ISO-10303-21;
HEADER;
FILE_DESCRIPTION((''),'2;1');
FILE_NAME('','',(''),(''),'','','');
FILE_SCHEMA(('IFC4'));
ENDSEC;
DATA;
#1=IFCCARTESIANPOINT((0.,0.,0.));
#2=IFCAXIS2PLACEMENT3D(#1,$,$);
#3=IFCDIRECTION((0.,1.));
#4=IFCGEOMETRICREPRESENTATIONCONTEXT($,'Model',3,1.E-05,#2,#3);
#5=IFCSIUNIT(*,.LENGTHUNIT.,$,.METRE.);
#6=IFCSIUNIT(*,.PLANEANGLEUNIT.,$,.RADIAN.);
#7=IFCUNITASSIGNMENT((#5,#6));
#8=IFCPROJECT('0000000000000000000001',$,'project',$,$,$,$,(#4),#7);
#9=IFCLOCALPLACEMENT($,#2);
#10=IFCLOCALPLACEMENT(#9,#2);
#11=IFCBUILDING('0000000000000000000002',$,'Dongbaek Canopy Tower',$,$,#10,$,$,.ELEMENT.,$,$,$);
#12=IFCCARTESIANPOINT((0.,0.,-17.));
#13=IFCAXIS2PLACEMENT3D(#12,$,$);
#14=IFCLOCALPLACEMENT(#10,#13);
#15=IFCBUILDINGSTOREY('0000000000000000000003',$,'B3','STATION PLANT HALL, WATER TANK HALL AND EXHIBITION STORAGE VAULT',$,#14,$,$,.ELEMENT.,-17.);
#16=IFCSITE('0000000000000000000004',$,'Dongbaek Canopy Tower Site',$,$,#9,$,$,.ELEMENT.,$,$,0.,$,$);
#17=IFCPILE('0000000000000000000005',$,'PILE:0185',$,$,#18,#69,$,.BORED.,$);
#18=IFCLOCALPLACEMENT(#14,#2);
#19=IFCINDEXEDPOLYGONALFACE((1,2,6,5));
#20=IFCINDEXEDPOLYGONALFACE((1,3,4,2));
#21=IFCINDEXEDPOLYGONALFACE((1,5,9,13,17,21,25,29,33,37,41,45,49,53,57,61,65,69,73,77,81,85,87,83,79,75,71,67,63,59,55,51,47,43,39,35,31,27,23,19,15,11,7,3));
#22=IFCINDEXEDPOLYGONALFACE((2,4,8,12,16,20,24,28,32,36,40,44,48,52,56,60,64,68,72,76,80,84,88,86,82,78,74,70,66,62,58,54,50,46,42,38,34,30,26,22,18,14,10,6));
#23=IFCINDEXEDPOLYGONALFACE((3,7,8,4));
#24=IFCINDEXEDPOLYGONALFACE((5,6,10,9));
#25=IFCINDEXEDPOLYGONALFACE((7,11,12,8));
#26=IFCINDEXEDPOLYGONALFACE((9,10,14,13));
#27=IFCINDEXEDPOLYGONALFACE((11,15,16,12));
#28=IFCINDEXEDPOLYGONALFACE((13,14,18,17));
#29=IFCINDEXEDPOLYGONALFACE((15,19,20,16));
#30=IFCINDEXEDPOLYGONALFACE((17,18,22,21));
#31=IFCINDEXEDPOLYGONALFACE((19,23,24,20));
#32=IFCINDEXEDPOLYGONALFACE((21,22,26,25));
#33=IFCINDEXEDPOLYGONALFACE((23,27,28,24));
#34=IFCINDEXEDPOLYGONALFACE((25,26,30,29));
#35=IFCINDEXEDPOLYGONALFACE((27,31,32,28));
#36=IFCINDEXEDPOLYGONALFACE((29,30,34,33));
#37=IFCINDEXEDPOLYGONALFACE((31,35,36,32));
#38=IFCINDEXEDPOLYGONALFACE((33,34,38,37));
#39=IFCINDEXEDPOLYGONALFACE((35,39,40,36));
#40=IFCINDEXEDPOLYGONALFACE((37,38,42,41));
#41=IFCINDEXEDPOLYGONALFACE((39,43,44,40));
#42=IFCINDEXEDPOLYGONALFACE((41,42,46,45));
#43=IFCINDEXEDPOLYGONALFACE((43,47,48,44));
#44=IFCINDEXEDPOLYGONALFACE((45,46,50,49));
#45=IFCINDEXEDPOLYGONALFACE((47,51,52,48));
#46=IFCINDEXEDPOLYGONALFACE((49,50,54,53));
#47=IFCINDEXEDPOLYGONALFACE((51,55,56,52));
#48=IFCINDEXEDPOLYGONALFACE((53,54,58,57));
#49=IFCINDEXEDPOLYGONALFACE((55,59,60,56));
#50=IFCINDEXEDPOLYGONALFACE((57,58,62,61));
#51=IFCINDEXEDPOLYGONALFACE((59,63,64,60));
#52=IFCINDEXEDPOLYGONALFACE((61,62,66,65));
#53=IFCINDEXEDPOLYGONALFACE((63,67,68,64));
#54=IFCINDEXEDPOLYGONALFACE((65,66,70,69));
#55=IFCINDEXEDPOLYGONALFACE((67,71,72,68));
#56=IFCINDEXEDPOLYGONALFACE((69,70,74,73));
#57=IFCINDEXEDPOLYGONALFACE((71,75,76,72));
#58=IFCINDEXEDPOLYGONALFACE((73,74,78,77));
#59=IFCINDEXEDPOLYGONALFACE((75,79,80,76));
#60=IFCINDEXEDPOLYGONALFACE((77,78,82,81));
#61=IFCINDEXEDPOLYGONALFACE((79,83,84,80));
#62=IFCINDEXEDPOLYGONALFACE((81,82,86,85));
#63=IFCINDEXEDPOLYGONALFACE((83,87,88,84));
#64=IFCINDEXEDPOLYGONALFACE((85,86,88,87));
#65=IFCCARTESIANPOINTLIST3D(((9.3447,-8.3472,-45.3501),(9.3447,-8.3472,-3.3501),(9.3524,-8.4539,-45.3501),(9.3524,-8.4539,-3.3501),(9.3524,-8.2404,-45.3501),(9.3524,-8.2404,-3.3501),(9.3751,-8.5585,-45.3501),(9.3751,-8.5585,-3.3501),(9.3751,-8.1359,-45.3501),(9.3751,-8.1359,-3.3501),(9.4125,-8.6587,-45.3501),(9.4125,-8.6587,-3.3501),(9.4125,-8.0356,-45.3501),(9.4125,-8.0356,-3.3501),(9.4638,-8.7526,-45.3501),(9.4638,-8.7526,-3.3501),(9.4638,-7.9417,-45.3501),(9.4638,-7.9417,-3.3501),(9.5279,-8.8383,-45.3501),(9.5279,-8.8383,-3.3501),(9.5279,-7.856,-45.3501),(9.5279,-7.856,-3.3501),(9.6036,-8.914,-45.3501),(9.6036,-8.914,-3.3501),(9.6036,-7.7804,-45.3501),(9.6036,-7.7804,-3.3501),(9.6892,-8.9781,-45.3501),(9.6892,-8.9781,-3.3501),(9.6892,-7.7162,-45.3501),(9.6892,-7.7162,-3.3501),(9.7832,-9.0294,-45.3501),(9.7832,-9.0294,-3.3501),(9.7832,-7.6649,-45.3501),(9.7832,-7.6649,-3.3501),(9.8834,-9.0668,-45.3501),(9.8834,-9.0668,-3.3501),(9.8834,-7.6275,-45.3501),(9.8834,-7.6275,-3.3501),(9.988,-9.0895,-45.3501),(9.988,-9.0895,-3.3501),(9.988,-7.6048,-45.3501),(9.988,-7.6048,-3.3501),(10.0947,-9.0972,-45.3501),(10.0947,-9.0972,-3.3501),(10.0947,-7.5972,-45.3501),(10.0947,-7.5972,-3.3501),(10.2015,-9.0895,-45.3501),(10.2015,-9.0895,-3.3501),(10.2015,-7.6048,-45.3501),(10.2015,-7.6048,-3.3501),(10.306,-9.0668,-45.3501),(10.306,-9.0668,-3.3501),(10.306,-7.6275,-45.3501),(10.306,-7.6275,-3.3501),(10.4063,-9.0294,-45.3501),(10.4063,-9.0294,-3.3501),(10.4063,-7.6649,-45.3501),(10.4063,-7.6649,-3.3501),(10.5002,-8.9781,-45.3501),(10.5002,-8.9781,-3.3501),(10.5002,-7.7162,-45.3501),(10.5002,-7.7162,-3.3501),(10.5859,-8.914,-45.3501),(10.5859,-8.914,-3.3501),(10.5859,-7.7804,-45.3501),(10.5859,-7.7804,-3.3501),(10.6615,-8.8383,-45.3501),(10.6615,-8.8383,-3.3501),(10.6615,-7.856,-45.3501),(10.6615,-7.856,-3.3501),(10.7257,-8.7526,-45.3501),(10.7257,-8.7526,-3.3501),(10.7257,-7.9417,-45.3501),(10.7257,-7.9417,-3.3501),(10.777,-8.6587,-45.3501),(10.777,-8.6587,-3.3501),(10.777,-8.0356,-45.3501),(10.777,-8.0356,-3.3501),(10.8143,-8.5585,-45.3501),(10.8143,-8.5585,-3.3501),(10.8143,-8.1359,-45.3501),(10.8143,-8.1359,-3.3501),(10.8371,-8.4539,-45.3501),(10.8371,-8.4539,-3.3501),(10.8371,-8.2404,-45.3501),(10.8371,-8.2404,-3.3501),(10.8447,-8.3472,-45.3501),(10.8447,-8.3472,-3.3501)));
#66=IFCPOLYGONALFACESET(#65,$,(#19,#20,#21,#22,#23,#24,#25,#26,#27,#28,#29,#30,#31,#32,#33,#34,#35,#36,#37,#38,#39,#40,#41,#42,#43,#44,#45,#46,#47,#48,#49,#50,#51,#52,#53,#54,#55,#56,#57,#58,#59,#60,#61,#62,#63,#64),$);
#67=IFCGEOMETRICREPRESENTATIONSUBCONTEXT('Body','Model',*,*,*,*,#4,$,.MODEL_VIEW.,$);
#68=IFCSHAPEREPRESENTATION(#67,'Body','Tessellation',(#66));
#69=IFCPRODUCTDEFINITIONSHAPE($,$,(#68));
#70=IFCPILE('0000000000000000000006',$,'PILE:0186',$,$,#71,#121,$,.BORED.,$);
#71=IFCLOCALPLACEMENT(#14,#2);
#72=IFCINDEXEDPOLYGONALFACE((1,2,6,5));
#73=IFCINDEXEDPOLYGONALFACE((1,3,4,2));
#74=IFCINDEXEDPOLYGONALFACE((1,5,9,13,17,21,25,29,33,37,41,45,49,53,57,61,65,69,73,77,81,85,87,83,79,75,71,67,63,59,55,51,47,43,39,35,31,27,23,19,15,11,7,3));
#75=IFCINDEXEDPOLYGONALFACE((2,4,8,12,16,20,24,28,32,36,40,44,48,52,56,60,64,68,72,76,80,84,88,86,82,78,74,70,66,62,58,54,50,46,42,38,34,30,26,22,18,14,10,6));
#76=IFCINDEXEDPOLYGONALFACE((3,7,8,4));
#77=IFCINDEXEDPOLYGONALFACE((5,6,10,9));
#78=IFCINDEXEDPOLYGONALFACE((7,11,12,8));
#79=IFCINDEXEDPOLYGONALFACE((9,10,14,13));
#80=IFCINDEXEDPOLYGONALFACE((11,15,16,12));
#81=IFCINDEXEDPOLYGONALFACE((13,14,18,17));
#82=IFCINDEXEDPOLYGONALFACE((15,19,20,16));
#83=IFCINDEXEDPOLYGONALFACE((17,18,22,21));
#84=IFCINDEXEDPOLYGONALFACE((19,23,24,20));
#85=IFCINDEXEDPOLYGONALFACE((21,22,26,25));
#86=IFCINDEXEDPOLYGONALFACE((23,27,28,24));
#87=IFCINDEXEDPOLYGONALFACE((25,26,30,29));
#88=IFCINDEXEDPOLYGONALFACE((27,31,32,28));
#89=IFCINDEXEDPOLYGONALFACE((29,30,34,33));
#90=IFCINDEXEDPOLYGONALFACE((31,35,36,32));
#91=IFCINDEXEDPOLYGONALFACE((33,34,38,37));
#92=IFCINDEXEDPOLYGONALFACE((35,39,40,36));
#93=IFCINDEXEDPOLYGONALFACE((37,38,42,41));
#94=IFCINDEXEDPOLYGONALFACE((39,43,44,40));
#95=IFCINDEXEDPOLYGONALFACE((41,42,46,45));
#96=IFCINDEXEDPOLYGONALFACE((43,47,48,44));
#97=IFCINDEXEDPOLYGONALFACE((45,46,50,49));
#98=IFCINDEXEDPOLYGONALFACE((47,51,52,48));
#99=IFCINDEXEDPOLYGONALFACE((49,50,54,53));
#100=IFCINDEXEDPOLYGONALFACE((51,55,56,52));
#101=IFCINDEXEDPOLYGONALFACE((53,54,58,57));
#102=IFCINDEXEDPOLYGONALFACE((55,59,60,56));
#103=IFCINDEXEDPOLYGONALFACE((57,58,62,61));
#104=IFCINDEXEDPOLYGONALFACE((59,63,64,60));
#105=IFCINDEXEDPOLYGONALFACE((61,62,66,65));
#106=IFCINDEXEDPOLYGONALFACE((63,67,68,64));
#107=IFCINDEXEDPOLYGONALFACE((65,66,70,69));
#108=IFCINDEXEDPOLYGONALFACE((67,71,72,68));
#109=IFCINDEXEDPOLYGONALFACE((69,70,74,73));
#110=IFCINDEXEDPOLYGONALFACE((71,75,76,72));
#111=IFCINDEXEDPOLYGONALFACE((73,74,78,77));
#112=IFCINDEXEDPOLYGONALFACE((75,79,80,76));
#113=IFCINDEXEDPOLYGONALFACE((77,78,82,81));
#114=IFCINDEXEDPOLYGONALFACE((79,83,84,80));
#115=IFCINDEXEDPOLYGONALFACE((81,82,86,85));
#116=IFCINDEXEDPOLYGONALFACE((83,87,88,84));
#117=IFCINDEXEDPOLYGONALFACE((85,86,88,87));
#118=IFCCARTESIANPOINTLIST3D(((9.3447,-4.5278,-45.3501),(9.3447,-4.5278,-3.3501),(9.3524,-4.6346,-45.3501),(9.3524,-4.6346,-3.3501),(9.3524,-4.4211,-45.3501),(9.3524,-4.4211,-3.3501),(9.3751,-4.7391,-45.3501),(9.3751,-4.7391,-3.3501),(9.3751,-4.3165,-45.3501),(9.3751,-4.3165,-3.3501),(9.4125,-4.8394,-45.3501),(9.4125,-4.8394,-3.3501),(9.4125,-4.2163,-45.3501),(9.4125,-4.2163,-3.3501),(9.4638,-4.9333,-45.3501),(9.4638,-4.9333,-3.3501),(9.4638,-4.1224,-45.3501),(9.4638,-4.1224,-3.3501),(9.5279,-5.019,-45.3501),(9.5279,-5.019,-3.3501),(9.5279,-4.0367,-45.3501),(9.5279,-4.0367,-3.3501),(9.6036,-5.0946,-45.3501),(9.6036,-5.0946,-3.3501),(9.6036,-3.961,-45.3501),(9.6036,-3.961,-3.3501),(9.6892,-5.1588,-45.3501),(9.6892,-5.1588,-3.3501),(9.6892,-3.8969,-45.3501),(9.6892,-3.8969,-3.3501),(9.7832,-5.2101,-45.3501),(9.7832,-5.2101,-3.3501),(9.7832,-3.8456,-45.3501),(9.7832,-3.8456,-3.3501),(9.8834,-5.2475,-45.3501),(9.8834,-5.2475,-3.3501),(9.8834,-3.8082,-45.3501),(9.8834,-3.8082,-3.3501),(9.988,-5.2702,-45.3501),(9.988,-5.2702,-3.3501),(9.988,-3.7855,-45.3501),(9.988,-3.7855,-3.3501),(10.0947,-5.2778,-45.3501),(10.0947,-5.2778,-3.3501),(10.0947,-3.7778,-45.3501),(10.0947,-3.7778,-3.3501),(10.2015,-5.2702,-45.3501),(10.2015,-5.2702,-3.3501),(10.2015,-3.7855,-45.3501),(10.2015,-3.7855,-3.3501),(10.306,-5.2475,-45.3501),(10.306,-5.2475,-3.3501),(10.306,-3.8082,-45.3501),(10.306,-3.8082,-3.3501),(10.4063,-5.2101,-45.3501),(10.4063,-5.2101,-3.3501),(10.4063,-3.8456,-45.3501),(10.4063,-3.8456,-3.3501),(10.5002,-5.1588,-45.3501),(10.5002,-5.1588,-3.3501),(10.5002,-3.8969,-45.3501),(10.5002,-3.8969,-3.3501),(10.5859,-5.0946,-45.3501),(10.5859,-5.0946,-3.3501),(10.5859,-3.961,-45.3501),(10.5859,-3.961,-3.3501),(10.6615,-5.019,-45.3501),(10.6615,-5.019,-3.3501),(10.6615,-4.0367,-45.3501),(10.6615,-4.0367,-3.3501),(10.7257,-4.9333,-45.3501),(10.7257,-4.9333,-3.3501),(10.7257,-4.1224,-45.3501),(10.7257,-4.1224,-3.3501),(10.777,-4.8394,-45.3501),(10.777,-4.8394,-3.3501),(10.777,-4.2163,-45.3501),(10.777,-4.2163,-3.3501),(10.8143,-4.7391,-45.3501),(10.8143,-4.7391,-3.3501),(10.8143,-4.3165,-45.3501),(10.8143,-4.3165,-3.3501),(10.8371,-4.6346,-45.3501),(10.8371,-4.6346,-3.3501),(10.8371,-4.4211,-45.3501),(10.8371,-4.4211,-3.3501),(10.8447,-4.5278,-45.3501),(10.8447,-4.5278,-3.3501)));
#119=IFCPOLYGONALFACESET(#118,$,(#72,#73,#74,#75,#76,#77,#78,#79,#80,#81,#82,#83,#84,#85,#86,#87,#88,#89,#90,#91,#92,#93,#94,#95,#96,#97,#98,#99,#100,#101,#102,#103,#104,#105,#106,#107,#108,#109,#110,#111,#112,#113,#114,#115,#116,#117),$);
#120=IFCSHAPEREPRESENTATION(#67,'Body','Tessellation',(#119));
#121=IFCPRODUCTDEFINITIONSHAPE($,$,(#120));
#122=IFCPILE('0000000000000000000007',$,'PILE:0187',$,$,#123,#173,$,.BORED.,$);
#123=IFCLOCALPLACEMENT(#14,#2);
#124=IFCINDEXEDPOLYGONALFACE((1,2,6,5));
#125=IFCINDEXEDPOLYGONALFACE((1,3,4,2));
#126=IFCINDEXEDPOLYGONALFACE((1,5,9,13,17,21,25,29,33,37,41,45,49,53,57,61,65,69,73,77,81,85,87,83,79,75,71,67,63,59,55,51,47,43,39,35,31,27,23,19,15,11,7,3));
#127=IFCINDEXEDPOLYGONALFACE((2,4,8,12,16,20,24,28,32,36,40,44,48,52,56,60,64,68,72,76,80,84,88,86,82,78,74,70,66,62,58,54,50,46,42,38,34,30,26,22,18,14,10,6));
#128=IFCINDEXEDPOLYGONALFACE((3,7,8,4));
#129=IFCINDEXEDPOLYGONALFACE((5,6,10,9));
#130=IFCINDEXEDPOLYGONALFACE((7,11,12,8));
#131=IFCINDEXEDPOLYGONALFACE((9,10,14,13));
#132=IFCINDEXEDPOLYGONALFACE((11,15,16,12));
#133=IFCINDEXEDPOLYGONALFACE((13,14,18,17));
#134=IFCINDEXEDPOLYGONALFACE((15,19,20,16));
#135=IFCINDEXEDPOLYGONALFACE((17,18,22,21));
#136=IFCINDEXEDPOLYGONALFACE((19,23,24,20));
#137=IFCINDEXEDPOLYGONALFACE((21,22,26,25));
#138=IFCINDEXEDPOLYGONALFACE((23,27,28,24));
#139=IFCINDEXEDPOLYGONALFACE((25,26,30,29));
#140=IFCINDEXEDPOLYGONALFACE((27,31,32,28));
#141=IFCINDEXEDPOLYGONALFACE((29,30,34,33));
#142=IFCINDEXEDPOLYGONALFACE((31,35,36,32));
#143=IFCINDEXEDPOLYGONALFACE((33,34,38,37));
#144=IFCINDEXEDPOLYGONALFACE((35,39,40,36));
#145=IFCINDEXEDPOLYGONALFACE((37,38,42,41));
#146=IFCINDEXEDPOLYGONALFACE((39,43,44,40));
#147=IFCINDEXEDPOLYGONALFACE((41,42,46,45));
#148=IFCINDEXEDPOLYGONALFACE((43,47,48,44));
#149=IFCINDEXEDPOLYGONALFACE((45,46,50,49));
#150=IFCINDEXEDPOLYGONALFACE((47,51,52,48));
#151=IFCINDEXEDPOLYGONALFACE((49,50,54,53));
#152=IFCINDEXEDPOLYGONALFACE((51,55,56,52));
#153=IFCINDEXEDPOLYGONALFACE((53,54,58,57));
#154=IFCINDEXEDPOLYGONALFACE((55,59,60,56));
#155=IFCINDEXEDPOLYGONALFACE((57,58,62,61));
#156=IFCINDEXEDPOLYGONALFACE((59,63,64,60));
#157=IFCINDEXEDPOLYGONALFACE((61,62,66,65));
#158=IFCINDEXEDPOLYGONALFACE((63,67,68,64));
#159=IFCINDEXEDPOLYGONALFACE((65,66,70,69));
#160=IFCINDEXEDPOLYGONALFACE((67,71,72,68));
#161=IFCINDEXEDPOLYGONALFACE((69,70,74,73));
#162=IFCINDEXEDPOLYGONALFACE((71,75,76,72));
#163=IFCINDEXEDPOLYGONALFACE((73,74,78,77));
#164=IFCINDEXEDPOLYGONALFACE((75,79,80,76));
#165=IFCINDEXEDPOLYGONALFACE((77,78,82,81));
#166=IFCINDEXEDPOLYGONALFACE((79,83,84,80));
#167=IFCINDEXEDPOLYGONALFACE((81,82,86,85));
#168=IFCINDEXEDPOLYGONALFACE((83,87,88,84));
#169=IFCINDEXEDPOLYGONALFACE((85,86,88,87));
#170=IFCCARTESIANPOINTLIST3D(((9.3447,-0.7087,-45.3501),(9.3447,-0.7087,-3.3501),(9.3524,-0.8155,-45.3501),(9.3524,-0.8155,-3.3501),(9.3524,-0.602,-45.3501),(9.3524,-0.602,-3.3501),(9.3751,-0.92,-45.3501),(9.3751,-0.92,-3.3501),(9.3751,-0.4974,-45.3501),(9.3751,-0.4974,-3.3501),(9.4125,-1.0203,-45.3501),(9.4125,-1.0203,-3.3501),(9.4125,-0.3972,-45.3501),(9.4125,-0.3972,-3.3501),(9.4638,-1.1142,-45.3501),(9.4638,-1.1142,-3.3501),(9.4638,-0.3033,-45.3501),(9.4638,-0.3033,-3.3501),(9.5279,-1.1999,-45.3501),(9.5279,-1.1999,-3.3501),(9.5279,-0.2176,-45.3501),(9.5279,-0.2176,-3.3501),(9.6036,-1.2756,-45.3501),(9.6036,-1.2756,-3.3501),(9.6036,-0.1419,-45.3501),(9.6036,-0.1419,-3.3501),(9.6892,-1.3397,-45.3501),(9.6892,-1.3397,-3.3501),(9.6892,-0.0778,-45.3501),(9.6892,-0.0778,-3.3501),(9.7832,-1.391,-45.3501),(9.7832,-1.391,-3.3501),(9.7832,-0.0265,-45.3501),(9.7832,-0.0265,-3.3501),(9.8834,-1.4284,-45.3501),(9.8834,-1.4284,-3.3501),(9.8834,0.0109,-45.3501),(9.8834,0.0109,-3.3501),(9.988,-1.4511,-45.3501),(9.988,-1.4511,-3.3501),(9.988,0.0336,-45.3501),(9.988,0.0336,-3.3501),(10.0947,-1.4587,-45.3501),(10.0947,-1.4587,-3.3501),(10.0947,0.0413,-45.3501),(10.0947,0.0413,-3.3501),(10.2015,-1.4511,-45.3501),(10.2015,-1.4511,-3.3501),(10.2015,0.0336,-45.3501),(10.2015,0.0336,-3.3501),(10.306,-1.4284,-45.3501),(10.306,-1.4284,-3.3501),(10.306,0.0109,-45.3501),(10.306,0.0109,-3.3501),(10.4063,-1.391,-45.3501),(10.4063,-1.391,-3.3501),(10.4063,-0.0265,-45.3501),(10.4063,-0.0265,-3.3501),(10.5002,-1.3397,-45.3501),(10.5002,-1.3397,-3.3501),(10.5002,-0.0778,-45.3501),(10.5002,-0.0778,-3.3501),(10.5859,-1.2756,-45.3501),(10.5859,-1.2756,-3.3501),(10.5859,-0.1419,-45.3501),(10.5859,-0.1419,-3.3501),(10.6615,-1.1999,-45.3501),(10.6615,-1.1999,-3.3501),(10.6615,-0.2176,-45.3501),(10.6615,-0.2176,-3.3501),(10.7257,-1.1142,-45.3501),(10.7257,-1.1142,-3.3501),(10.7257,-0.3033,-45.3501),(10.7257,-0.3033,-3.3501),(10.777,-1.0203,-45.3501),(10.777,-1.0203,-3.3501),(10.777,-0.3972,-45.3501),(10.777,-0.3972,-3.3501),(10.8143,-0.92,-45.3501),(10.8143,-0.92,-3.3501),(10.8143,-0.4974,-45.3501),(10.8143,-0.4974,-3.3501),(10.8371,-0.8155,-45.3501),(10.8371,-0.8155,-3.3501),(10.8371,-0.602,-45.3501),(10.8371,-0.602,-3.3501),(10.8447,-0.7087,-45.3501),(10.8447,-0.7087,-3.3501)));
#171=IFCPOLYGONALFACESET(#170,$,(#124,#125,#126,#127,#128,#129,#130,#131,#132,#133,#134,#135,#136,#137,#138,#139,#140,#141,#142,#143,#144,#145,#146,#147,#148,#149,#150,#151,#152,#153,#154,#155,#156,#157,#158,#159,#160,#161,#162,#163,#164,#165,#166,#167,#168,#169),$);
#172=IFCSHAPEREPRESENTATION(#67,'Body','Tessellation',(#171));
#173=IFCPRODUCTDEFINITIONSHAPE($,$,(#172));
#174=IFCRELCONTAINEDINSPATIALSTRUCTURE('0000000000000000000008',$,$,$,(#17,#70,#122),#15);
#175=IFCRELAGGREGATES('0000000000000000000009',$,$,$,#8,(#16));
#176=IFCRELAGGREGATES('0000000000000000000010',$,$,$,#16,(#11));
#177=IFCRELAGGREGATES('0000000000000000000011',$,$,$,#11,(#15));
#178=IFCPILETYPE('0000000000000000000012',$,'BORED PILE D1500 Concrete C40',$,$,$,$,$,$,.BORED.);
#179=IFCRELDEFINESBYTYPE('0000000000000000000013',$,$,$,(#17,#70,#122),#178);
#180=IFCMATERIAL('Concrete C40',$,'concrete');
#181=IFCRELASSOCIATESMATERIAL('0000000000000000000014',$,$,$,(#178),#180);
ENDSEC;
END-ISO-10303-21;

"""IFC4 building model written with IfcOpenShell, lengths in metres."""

from ifc_helpers import new_model, si_unit, direction, frame, origin, origin_2d, place, context, subcontext, project, spatial, circle, extrude, material, material_profile, profile_set, type_object, element, save


model = new_model("IFC4")

# Units and contexts
model_context = context("Model", 3, precision=1e-05, world=origin(), true_north=direction((0.0, 1.0)))
body_context = subcontext(model_context, "Body", "Model", "MODEL_VIEW")
ifc_project = project(units=[si_unit("LENGTHUNIT", "METRE"), si_unit("PLANEANGLEUNIT", "RADIAN")], contexts=[model_context])

# Site, building, storey
site_placement = place(None, origin())
site = spatial("IfcSite", under=ifc_project, at=site_placement, Name="Dongbaek Canopy Tower Site", CompositionType="ELEMENT", RefElevation=0.0)
building_placement = place(site_placement, origin())
building = spatial("IfcBuilding", under=site, at=building_placement, Name="Dongbaek Canopy Tower", CompositionType="ELEMENT")
storey_placement = place(building_placement, frame((0.0, 0.0, -17.0)))
storey = spatial("IfcBuildingStorey", under=building, at=storey_placement, Name="B3", Description="STATION PLANT HALL, WATER TANK HALL AND EXHIBITION STORAGE VAULT", CompositionType="ELEMENT", Elevation=-17.0)

# Piles
ifc_material_1 = material(Name="Concrete C40", Category="concrete")
ifc_material_profile = material_profile(ifc_material_1, circle(Radius=0.75, at=origin_2d()), Name="BORED PILE D1500 Concrete C40")
ifc_profile_set = profile_set([ifc_material_profile], Name="Concrete C40")
pile_type = type_object("IfcPileType", Name="BORED PILE D1500 Concrete C40", PredefinedType="BORED", material=ifc_profile_set)
for number, where, z_axis, x_axis, name in (
    (1, (10.0947, -8.3472, -3.3501), (0.0, 0.0, -1.0), (1.0, 0.0, 0.0), "PILE:0185"),
    (2, (10.0947, -4.5278, -3.3501), (0.0, 0.0, -1.0), (1.0, 0.0, 0.0), "PILE:0186"),
    (3, (10.0947, -0.7087, -3.3501), (0.0, 0.0, -1.0), (1.0, 0.0, 0.0), "PILE:0187"),
):
    element("IfcPile", number, at=place(storey_placement, frame(where, z_axis=z_axis, x_axis=x_axis)), inside=storey, type_object=pile_type, Name=name, PredefinedType="BORED", context=body_context, shape_type="SweptSolid", body=[
        extrude(circle(Radius=0.75, at=origin_2d()), origin(), (0.0, 0.0, 1.0), 42.0),
    ])

save(model, "model.ifc")
